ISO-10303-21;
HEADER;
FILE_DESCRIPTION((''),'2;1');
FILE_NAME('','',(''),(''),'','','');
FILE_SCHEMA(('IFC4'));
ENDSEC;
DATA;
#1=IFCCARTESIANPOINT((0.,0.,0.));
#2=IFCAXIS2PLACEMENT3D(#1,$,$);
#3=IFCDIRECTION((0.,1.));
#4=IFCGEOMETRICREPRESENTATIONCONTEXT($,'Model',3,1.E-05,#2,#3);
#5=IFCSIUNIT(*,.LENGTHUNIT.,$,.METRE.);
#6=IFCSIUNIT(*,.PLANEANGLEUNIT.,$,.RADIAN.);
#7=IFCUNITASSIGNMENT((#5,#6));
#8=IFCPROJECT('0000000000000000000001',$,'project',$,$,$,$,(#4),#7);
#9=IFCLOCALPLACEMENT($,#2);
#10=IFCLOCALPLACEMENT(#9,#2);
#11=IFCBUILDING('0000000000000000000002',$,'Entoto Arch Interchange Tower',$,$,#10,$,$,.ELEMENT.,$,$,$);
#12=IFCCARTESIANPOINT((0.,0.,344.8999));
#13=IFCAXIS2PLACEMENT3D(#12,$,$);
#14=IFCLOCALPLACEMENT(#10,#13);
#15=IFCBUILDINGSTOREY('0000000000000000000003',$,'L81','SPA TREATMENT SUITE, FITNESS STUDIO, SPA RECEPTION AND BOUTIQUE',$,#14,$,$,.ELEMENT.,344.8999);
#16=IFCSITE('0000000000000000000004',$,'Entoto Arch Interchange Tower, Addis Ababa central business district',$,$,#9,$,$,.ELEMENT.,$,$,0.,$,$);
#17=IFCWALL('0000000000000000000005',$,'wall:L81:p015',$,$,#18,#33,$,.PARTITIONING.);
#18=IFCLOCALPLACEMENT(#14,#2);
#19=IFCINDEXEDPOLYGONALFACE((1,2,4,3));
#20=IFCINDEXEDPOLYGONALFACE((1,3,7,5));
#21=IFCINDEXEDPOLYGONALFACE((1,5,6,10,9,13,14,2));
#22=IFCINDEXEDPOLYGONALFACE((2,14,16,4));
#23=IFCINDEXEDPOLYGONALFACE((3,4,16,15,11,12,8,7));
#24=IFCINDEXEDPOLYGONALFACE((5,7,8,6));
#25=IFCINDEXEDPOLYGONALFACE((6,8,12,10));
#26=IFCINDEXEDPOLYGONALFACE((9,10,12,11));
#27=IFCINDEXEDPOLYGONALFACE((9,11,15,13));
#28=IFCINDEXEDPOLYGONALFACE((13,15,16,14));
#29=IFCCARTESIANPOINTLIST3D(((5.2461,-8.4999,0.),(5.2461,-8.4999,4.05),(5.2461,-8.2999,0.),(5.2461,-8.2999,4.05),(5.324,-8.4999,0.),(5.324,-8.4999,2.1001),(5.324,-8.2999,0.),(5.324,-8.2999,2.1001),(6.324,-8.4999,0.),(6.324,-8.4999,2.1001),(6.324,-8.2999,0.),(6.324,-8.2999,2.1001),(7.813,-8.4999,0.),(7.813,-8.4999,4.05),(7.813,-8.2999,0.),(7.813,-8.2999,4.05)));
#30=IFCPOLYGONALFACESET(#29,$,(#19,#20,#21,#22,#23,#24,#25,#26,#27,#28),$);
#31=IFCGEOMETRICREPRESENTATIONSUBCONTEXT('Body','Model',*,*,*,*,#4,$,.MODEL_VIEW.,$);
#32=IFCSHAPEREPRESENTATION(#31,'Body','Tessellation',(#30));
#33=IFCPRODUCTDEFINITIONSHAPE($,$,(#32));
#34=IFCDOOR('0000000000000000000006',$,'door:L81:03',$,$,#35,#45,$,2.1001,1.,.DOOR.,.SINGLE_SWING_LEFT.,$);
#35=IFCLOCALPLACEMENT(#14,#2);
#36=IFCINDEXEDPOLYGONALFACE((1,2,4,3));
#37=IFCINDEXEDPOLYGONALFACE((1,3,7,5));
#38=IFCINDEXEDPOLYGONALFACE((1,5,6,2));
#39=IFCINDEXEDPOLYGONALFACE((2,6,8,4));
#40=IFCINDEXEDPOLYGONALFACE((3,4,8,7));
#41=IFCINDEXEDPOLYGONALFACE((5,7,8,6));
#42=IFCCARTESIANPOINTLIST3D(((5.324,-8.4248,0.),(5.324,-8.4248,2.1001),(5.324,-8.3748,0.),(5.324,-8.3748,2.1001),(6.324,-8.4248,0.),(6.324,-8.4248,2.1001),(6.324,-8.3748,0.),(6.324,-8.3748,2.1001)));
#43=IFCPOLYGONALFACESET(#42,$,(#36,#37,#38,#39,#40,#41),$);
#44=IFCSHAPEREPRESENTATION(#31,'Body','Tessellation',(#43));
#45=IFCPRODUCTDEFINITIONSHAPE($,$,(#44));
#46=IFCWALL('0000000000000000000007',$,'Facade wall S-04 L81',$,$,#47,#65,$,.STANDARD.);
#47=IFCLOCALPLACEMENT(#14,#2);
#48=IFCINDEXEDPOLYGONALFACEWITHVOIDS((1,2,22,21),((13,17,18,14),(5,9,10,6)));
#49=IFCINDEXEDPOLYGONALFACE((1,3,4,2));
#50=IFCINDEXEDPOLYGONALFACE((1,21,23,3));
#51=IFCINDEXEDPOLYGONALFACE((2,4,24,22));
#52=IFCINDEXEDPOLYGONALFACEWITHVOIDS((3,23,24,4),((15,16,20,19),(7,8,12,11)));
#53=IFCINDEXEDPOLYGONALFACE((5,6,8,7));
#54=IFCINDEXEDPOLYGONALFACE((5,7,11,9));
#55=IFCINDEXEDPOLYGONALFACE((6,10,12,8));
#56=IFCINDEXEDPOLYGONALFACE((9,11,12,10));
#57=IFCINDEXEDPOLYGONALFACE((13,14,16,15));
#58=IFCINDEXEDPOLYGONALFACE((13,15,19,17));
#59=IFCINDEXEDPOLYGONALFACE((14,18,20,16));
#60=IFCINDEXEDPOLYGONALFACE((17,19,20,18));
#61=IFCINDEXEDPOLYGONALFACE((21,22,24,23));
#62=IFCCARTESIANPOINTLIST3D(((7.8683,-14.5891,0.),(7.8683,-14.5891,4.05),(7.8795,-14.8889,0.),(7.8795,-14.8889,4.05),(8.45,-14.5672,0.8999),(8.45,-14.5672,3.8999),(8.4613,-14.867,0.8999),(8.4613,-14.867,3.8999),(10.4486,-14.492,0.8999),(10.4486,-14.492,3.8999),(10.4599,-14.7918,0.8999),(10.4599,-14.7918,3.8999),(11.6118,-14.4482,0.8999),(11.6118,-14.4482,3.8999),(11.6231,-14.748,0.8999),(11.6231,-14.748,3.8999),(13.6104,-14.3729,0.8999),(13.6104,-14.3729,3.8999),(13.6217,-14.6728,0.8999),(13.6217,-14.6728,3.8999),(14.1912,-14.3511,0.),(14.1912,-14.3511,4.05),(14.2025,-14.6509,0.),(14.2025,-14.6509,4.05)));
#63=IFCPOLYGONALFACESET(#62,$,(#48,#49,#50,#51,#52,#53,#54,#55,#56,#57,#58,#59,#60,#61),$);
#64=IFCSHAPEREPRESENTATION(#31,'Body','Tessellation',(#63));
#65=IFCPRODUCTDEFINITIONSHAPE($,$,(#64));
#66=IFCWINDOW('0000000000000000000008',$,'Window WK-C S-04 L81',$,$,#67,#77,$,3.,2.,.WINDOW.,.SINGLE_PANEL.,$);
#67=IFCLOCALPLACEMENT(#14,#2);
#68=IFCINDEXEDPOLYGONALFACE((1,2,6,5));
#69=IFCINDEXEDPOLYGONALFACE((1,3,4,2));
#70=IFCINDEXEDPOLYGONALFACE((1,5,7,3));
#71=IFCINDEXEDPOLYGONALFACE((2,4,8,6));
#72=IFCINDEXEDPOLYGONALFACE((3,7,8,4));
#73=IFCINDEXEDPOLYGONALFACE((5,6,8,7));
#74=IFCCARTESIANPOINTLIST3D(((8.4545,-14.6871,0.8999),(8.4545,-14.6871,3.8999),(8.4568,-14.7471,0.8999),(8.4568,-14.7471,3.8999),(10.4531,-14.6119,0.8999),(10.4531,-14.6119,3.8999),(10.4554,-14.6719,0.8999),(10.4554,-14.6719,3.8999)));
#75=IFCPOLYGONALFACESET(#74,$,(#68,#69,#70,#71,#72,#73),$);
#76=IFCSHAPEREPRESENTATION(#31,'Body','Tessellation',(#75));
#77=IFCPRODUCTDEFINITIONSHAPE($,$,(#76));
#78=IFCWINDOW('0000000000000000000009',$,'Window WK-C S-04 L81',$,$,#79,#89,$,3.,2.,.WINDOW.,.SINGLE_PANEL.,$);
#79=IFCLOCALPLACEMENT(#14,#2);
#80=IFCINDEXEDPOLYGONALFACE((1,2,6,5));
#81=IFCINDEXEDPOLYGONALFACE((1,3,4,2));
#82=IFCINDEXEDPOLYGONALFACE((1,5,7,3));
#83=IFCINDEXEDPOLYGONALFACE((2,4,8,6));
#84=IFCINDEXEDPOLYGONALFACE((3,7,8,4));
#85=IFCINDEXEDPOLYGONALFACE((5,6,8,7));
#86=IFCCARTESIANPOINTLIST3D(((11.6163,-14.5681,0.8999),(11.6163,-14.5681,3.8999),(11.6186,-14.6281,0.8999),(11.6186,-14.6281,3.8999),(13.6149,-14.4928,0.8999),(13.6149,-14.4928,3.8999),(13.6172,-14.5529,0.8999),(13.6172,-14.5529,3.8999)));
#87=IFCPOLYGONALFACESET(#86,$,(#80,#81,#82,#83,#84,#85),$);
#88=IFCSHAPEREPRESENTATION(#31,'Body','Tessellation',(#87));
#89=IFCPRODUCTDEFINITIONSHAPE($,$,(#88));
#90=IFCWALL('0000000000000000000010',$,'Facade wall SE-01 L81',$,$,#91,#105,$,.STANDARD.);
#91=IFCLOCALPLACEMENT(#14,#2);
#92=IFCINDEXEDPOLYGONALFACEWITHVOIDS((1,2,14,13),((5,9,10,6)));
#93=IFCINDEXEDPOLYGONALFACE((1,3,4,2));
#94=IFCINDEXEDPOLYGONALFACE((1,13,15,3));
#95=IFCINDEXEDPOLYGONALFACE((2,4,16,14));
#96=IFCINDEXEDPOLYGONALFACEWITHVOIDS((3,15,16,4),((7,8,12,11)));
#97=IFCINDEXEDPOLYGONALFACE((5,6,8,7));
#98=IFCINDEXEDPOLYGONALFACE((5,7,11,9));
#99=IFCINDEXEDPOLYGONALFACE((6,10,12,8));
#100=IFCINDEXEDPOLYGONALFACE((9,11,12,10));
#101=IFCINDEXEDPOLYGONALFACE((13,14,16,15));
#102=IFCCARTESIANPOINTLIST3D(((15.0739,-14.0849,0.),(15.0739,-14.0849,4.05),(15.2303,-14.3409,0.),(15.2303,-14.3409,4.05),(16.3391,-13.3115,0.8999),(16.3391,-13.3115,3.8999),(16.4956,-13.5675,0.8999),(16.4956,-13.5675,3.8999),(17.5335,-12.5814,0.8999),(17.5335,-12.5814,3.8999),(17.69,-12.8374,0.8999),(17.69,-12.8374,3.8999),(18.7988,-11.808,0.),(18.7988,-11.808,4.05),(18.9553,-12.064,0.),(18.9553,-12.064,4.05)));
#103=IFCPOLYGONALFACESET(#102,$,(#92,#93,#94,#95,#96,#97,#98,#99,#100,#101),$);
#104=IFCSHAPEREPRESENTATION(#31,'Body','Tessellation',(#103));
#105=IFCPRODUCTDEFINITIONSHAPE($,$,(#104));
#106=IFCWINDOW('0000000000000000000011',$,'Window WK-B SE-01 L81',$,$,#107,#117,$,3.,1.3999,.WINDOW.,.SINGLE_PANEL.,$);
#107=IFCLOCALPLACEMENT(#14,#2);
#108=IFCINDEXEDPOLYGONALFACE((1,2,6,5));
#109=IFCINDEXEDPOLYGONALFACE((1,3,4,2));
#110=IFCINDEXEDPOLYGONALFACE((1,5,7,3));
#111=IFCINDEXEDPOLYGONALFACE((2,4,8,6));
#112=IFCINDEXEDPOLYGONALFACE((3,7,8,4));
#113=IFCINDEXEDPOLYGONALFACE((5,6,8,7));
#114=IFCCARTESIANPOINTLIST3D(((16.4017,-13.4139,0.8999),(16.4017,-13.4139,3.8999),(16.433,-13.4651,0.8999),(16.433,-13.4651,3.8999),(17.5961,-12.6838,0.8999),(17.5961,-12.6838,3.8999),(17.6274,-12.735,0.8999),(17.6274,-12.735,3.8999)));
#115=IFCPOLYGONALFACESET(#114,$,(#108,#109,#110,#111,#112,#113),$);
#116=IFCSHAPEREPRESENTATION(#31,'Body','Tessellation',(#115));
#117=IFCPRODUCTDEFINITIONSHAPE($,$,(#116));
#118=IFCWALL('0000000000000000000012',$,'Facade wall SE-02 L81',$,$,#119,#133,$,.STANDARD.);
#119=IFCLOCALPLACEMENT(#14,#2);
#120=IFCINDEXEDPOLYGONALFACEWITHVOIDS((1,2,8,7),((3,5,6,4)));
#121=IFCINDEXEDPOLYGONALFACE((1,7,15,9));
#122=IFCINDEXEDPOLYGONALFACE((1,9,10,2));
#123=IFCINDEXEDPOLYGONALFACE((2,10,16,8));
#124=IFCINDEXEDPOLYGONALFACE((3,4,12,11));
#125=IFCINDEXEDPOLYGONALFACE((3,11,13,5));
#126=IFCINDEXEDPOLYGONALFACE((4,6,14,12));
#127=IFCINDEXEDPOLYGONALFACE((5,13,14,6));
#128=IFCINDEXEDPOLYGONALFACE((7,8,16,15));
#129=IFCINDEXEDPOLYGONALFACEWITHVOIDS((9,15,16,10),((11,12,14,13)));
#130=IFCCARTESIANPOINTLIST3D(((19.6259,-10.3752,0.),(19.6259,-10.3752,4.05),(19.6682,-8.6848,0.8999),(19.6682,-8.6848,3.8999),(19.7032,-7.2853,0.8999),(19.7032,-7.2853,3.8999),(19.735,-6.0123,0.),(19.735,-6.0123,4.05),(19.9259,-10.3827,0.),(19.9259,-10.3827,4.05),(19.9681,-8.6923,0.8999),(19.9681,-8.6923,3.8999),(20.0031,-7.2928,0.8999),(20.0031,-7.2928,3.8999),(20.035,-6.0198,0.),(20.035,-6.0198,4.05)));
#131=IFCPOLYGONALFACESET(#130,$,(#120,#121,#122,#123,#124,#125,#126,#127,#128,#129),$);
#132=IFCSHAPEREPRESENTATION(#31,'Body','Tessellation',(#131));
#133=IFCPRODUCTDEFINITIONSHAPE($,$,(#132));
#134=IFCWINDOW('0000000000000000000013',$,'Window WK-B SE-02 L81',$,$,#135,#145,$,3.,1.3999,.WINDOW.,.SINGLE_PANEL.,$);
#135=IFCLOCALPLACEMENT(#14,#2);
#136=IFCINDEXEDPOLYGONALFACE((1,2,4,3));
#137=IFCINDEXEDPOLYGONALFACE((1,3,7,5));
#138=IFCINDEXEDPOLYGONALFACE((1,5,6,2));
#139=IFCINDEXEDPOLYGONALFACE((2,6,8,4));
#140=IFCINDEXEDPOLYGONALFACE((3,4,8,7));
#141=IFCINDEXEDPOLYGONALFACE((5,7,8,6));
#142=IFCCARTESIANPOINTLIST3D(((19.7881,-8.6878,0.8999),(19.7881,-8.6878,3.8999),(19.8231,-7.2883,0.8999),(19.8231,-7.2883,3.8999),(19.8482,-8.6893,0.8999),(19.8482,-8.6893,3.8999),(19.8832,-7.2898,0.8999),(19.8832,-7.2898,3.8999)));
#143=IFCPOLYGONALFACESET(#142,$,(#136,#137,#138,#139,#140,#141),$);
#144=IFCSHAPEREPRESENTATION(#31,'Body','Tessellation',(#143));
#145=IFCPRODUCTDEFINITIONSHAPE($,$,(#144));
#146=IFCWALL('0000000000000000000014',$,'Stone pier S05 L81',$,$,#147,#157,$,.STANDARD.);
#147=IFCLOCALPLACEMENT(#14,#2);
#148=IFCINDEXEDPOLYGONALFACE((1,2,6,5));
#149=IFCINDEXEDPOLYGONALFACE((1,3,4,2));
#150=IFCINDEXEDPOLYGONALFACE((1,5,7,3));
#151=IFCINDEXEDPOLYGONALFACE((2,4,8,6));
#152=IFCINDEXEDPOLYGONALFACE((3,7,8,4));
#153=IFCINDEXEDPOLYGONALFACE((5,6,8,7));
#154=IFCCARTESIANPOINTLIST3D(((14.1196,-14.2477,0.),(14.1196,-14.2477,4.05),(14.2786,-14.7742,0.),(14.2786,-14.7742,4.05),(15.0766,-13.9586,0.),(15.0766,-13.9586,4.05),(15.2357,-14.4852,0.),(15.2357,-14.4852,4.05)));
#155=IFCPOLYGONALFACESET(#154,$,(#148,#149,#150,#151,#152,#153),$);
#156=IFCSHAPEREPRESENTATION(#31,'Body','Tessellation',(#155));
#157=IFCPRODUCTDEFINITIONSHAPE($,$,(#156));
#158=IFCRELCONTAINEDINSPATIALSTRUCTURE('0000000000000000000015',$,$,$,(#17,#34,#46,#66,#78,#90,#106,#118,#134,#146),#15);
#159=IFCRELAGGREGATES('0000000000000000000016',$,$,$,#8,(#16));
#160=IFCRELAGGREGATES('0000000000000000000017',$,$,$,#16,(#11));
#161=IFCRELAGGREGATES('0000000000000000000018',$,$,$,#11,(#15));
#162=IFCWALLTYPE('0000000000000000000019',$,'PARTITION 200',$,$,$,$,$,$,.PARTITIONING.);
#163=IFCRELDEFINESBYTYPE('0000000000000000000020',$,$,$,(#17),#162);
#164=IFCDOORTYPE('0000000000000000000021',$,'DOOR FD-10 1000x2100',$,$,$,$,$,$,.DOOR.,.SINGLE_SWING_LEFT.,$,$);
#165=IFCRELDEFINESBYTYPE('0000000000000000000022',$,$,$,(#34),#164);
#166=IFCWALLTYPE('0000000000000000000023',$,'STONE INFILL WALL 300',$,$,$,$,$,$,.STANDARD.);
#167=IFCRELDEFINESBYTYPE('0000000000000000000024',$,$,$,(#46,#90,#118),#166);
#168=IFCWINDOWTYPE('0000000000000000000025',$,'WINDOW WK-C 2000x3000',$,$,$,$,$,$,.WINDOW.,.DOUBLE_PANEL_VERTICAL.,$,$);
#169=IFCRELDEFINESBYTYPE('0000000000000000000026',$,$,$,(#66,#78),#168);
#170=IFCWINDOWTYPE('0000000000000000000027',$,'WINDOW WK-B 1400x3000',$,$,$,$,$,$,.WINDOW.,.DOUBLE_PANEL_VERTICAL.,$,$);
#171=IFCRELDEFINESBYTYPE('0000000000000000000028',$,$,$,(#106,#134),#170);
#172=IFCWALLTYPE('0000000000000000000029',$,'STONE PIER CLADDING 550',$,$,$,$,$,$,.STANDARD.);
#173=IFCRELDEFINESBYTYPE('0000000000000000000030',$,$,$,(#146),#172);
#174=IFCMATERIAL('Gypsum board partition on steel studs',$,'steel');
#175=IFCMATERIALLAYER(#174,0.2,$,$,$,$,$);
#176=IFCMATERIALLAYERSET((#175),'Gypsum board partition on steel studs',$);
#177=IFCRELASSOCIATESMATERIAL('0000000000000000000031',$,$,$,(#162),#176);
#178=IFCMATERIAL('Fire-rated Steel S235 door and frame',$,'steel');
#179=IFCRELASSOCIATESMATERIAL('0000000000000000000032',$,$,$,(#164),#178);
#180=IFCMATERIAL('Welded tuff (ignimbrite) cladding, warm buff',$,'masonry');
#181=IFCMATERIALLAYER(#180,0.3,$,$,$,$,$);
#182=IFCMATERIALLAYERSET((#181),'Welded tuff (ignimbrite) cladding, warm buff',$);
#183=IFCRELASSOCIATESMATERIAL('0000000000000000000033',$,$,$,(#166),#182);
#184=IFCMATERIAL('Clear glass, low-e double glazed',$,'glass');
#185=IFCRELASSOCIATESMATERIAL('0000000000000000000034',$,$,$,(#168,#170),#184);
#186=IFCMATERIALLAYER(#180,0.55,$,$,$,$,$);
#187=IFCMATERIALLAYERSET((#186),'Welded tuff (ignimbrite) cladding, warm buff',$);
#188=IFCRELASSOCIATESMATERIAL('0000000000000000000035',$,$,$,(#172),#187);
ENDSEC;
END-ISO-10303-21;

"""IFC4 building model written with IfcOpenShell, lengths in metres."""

from ifc_helpers import new_model, si_unit, direction, frame, frame_2d, origin, place, context, subcontext, project, spatial, rectangle, extrude, material, layer, layer_set, type_object, element, fill, save


model = new_model("IFC4")

# Units and contexts
model_context = context("Model", 3, precision=1e-05, world=origin(), true_north=direction((0.0, 1.0)))
body_context = subcontext(model_context, "Body", "Model", "MODEL_VIEW")
ifc_project = project(units=[si_unit("LENGTHUNIT", "METRE"), si_unit("PLANEANGLEUNIT", "RADIAN")], contexts=[model_context])

# Site, building, storey
site_placement = place(None, origin())
site = spatial("IfcSite", under=ifc_project, at=site_placement, Name="Entoto Arch Interchange Tower, Addis Ababa central business district", CompositionType="ELEMENT", RefElevation=0.0)
building_placement = place(site_placement, origin())
building = spatial("IfcBuilding", under=site, at=building_placement, Name="Entoto Arch Interchange Tower", CompositionType="ELEMENT")
storey_placement = place(building_placement, frame((0.0, 0.0, 344.8999)))
storey = spatial("IfcBuildingStorey", under=building, at=storey_placement, Name="L81", Description="SPA TREATMENT SUITE, FITNESS STUDIO, SPA RECEPTION AND BOUTIQUE", CompositionType="ELEMENT", Elevation=344.8999)

# Shared definitions
ifc_material_1 = material(Name="Gypsum board partition on steel studs", Category="steel")

# Wall, opening, door
ifc_layer_1 = layer(ifc_material_1, 0.2)
ifc_layer_set_1 = layer_set([ifc_layer_1], Name="Gypsum board partition on steel studs")
wall_type_1 = type_object("IfcWallType", Name="PARTITION 200", PredefinedType="PARTITIONING", material=ifc_layer_set_1)
wall_1_placement = place(storey_placement, frame((7.813, -8.3999, 0.0), z_axis=(0.0, 0.0, 1.0), x_axis=(-1.0, 0.0, 0.0)))
wall_1 = element("IfcWall", 1, at=wall_1_placement, inside=storey, type_object=wall_type_1, Name="wall:L81:p015", PredefinedType="PARTITIONING", context=body_context, shape_type="SweptSolid", body=[
    extrude(rectangle(XDim=2.5669, YDim=0.2, at=frame_2d((1.2834, 0.0))), origin(), (0.0, 0.0, 1.0), 4.05),
])
opening_1_placement = place(wall_1_placement, frame((1.489, 0.0, 0.0)))
opening_1 = element("IfcOpeningElement", 2, at=opening_1_placement, cuts=wall_1, PredefinedType="OPENING", context=body_context, shape_type="SweptSolid", body=[
    extrude(rectangle(XDim=1.0, YDim=2.1001, at=frame_2d((0.5, 1.05))), frame((0.0, 0.1099, 0.0), z_axis=(0.0, -1.0, 0.0), x_axis=(1.0, 0.0, 0.0)), (0.0, 0.0, 1.0), 0.22),
])
ifc_material_2 = material(Name="Fire-rated Steel S235 door and frame", Category="steel")
door_type = type_object("IfcDoorType", Name="DOOR FD-10 1000x2100", OperationType="SINGLE_SWING_LEFT", PredefinedType="DOOR", material=ifc_material_2)
door_placement = place(opening_1_placement, origin())
door = element("IfcDoor", 3, at=door_placement, inside=storey, type_object=door_type, Name="door:L81:03", OperationType="SINGLE_SWING_LEFT", OverallHeight=2.1001, OverallWidth=1.0, PredefinedType="DOOR", context=body_context, shape_type="SweptSolid", body=[
    extrude(rectangle(XDim=1.0, YDim=2.1001, at=frame_2d((0.5, 1.05))), frame((0.0, 0.0249, 0.0), z_axis=(0.0, -1.0, 0.0), x_axis=(1.0, 0.0, 0.0)), (0.0, 0.0, 1.0), 0.05),
])
fill(opening_1, door)

# Wall, openings, windows
ifc_material_3 = material(Name="Welded tuff (ignimbrite) cladding, warm buff", Category="masonry")
ifc_layer_2 = layer(ifc_material_3, 0.3)
ifc_layer_set_2 = layer_set([ifc_layer_2], Name="Welded tuff (ignimbrite) cladding, warm buff")
wall_type_2 = type_object("IfcWallType", Name="STONE INFILL WALL 300", PredefinedType="STANDARD", material=ifc_layer_set_2)
wall_2_placement = place(storey_placement, frame((7.874, -14.739, 0.0), z_axis=(0.0, 0.0, 1.0), x_axis=(0.999292, 0.03762, 0.0)))
wall_2 = element("IfcWall", 4, at=wall_2_placement, inside=storey, type_object=wall_type_2, Name="Facade wall S-04 L81", PredefinedType="STANDARD", context=body_context, shape_type="SweptSolid", body=[
    extrude(rectangle(XDim=6.3274, YDim=0.3, at=frame_2d((3.1636, 0.0))), origin(), (0.0, 0.0, 1.0), 4.05),
])
opening_2_placement = place(wall_2_placement, frame((0.582, 0.0, 0.8999)))
opening_2 = element("IfcOpeningElement", 5, at=opening_2_placement, cuts=wall_2, PredefinedType="OPENING", context=body_context, shape_type="SweptSolid", body=[
    extrude(rectangle(XDim=2.0, YDim=3.0, at=frame_2d((1.0, 1.5))), frame((0.0, 0.1602, 0.0), z_axis=(0.0, -1.0, 0.0), x_axis=(1.0, 0.0, 0.0)), (0.0, 0.0, 1.0), 0.3201),
])
opening_3_placement = place(wall_2_placement, frame((3.7461, 0.0, 0.8999)))
opening_3 = element("IfcOpeningElement", 6, at=opening_3_placement, cuts=wall_2, PredefinedType="OPENING", context=body_context, shape_type="SweptSolid", body=[
    extrude(rectangle(XDim=2.0, YDim=3.0, at=frame_2d((1.0, 1.5))), frame((0.0, 0.1602, 0.0), z_axis=(0.0, -1.0, 0.0), x_axis=(1.0, 0.0, 0.0)), (0.0, 0.0, 1.0), 0.3201),
])
ifc_material_4 = material(Name="Clear glass, low-e double glazed", Category="glass")
window_type_1 = type_object("IfcWindowType", Name="WINDOW WK-C 2000x3000", PartitioningType="DOUBLE_PANEL_VERTICAL", PredefinedType="WINDOW", material=ifc_material_4)
window_1_placement = place(opening_2_placement, origin())
window_1 = element("IfcWindow", 7, at=window_1_placement, inside=storey, type_object=window_type_1, Name="Window WK-C S-04 L81", OverallHeight=3.0, OverallWidth=2.0, PartitioningType="SINGLE_PANEL", PredefinedType="WINDOW", context=body_context, shape_type="SweptSolid", body=[
    extrude(rectangle(XDim=2.0, YDim=3.0, at=frame_2d((1.0, 1.5))), frame((0.0, 0.03, 0.0), z_axis=(0.0, -1.0, 0.0), x_axis=(1.0, 0.0, 0.0)), (0.0, 0.0, 1.0), 0.0601),
])
fill(opening_2, window_1)
window_2_placement = place(opening_3_placement, origin())
window_2 = element("IfcWindow", 8, at=window_2_placement, inside=storey, type_object=window_type_1, Name="Window WK-C S-04 L81", OverallHeight=3.0, OverallWidth=2.0, PartitioningType="SINGLE_PANEL", PredefinedType="WINDOW", context=body_context, shape_type="SweptSolid", body=[
    extrude(rectangle(XDim=2.0, YDim=3.0, at=frame_2d((1.0, 1.5))), frame((0.0, 0.03, 0.0), z_axis=(0.0, -1.0, 0.0), x_axis=(1.0, 0.0, 0.0)), (0.0, 0.0, 1.0), 0.0601),
])
fill(opening_3, window_2)

# Walls, openings, windows
wall_3_placement = place(storey_placement, frame((15.1521, -14.2129, 0.0), z_axis=(0.0, 0.0, 1.0), x_axis=(0.853225, 0.521543, 0.0)))
wall_3 = element("IfcWall", 9, at=wall_3_placement, inside=storey, type_object=wall_type_2, Name="Facade wall SE-01 L81", PredefinedType="STANDARD", context=body_context, shape_type="SweptSolid", body=[
    extrude(rectangle(XDim=4.3657, YDim=0.3, at=frame_2d((2.1829, 0.0))), origin(), (0.0, 0.0, 1.0), 4.05),
])
opening_4_placement = place(wall_3_placement, frame((1.4829, 0.0, 0.8999)))
opening_4 = element("IfcOpeningElement", 10, at=opening_4_placement, cuts=wall_3, PredefinedType="OPENING", context=body_context, shape_type="SweptSolid", body=[
    extrude(rectangle(XDim=1.3999, YDim=3.0, at=frame_2d((0.7, 1.5))), frame((0.0, 0.1602, 0.0), z_axis=(0.0, -1.0, 0.0), x_axis=(1.0, 0.0, 0.0)), (0.0, 0.0, 1.0), 0.3201),
])
window_type_2 = type_object("IfcWindowType", Name="WINDOW WK-B 1400x3000", PartitioningType="DOUBLE_PANEL_VERTICAL", PredefinedType="WINDOW", material=ifc_material_4)
window_3_placement = place(opening_4_placement, origin())
window_3 = element("IfcWindow", 11, at=window_3_placement, inside=storey, type_object=window_type_2, Name="Window WK-B SE-01 L81", OverallHeight=3.0, OverallWidth=1.3999, PartitioningType="SINGLE_PANEL", PredefinedType="WINDOW", context=body_context, shape_type="SweptSolid", body=[
    extrude(rectangle(XDim=1.3999, YDim=3.0, at=frame_2d((0.7, 1.5))), frame((0.0, 0.03, 0.0), z_axis=(0.0, -1.0, 0.0), x_axis=(1.0, 0.0, 0.0)), (0.0, 0.0, 1.0), 0.0601),
])
fill(opening_4, window_3)
wall_4_placement = place(storey_placement, frame((19.7759, -10.3789, 0.0), z_axis=(0.0, 0.0, 1.0), x_axis=(0.025006, 0.999687, 0.0)))
wall_4 = element("IfcWall", 12, at=wall_4_placement, inside=storey, type_object=wall_type_2, Name="Facade wall SE-02 L81", PredefinedType="STANDARD", context=body_context, shape_type="SweptSolid", body=[
    extrude(rectangle(XDim=4.3643, YDim=0.3, at=frame_2d((2.1821, 0.0))), origin(), (0.0, 0.0, 1.0), 4.05),
])
opening_5_placement = place(wall_4_placement, frame((1.6909, 0.0, 0.8999)))
opening_5 = element("IfcOpeningElement", 13, at=opening_5_placement, cuts=wall_4, PredefinedType="OPENING", context=body_context, shape_type="SweptSolid", body=[
    extrude(rectangle(XDim=1.3999, YDim=3.0, at=frame_2d((0.7, 1.5))), frame((0.0, 0.1602, 0.0), z_axis=(0.0, -1.0, 0.0), x_axis=(1.0, 0.0, 0.0)), (0.0, 0.0, 1.0), 0.3201),
])
window_4_placement = place(opening_5_placement, origin())
window_4 = element("IfcWindow", 14, at=window_4_placement, inside=storey, type_object=window_type_2, Name="Window WK-B SE-02 L81", OverallHeight=3.0, OverallWidth=1.3999, PartitioningType="SINGLE_PANEL", PredefinedType="WINDOW", context=body_context, shape_type="SweptSolid", body=[
    extrude(rectangle(XDim=1.3999, YDim=3.0, at=frame_2d((0.7, 1.5))), frame((0.0, 0.03, 0.0), z_axis=(0.0, -1.0, 0.0), x_axis=(1.0, 0.0, 0.0)), (0.0, 0.0, 1.0), 0.0601),
])
fill(opening_5, window_4)

# Wall
ifc_layer_3 = layer(ifc_material_3, 0.55)
ifc_layer_set_3 = layer_set([ifc_layer_3], Name="Welded tuff (ignimbrite) cladding, warm buff")
wall_type_3 = type_object("IfcWallType", Name="STONE PIER CLADDING 550", PredefinedType="STANDARD", material=ifc_layer_set_3)
wall_5_placement = place(storey_placement, frame((14.199, -14.511, 0.0), z_axis=(0.0, 0.0, 1.0), x_axis=(0.957287, 0.28914, 0.0)))
element("IfcWall", 15, at=wall_5_placement, inside=storey, type_object=wall_type_3, Name="Stone pier S05 L81", PredefinedType="STANDARD", context=body_context, shape_type="SweptSolid", body=[
    extrude(rectangle(XDim=0.9998, YDim=0.55, at=frame_2d((0.5, 0.0))), origin(), (0.0, 0.0, 1.0), 4.05),
])

save(model, "model.ifc")
